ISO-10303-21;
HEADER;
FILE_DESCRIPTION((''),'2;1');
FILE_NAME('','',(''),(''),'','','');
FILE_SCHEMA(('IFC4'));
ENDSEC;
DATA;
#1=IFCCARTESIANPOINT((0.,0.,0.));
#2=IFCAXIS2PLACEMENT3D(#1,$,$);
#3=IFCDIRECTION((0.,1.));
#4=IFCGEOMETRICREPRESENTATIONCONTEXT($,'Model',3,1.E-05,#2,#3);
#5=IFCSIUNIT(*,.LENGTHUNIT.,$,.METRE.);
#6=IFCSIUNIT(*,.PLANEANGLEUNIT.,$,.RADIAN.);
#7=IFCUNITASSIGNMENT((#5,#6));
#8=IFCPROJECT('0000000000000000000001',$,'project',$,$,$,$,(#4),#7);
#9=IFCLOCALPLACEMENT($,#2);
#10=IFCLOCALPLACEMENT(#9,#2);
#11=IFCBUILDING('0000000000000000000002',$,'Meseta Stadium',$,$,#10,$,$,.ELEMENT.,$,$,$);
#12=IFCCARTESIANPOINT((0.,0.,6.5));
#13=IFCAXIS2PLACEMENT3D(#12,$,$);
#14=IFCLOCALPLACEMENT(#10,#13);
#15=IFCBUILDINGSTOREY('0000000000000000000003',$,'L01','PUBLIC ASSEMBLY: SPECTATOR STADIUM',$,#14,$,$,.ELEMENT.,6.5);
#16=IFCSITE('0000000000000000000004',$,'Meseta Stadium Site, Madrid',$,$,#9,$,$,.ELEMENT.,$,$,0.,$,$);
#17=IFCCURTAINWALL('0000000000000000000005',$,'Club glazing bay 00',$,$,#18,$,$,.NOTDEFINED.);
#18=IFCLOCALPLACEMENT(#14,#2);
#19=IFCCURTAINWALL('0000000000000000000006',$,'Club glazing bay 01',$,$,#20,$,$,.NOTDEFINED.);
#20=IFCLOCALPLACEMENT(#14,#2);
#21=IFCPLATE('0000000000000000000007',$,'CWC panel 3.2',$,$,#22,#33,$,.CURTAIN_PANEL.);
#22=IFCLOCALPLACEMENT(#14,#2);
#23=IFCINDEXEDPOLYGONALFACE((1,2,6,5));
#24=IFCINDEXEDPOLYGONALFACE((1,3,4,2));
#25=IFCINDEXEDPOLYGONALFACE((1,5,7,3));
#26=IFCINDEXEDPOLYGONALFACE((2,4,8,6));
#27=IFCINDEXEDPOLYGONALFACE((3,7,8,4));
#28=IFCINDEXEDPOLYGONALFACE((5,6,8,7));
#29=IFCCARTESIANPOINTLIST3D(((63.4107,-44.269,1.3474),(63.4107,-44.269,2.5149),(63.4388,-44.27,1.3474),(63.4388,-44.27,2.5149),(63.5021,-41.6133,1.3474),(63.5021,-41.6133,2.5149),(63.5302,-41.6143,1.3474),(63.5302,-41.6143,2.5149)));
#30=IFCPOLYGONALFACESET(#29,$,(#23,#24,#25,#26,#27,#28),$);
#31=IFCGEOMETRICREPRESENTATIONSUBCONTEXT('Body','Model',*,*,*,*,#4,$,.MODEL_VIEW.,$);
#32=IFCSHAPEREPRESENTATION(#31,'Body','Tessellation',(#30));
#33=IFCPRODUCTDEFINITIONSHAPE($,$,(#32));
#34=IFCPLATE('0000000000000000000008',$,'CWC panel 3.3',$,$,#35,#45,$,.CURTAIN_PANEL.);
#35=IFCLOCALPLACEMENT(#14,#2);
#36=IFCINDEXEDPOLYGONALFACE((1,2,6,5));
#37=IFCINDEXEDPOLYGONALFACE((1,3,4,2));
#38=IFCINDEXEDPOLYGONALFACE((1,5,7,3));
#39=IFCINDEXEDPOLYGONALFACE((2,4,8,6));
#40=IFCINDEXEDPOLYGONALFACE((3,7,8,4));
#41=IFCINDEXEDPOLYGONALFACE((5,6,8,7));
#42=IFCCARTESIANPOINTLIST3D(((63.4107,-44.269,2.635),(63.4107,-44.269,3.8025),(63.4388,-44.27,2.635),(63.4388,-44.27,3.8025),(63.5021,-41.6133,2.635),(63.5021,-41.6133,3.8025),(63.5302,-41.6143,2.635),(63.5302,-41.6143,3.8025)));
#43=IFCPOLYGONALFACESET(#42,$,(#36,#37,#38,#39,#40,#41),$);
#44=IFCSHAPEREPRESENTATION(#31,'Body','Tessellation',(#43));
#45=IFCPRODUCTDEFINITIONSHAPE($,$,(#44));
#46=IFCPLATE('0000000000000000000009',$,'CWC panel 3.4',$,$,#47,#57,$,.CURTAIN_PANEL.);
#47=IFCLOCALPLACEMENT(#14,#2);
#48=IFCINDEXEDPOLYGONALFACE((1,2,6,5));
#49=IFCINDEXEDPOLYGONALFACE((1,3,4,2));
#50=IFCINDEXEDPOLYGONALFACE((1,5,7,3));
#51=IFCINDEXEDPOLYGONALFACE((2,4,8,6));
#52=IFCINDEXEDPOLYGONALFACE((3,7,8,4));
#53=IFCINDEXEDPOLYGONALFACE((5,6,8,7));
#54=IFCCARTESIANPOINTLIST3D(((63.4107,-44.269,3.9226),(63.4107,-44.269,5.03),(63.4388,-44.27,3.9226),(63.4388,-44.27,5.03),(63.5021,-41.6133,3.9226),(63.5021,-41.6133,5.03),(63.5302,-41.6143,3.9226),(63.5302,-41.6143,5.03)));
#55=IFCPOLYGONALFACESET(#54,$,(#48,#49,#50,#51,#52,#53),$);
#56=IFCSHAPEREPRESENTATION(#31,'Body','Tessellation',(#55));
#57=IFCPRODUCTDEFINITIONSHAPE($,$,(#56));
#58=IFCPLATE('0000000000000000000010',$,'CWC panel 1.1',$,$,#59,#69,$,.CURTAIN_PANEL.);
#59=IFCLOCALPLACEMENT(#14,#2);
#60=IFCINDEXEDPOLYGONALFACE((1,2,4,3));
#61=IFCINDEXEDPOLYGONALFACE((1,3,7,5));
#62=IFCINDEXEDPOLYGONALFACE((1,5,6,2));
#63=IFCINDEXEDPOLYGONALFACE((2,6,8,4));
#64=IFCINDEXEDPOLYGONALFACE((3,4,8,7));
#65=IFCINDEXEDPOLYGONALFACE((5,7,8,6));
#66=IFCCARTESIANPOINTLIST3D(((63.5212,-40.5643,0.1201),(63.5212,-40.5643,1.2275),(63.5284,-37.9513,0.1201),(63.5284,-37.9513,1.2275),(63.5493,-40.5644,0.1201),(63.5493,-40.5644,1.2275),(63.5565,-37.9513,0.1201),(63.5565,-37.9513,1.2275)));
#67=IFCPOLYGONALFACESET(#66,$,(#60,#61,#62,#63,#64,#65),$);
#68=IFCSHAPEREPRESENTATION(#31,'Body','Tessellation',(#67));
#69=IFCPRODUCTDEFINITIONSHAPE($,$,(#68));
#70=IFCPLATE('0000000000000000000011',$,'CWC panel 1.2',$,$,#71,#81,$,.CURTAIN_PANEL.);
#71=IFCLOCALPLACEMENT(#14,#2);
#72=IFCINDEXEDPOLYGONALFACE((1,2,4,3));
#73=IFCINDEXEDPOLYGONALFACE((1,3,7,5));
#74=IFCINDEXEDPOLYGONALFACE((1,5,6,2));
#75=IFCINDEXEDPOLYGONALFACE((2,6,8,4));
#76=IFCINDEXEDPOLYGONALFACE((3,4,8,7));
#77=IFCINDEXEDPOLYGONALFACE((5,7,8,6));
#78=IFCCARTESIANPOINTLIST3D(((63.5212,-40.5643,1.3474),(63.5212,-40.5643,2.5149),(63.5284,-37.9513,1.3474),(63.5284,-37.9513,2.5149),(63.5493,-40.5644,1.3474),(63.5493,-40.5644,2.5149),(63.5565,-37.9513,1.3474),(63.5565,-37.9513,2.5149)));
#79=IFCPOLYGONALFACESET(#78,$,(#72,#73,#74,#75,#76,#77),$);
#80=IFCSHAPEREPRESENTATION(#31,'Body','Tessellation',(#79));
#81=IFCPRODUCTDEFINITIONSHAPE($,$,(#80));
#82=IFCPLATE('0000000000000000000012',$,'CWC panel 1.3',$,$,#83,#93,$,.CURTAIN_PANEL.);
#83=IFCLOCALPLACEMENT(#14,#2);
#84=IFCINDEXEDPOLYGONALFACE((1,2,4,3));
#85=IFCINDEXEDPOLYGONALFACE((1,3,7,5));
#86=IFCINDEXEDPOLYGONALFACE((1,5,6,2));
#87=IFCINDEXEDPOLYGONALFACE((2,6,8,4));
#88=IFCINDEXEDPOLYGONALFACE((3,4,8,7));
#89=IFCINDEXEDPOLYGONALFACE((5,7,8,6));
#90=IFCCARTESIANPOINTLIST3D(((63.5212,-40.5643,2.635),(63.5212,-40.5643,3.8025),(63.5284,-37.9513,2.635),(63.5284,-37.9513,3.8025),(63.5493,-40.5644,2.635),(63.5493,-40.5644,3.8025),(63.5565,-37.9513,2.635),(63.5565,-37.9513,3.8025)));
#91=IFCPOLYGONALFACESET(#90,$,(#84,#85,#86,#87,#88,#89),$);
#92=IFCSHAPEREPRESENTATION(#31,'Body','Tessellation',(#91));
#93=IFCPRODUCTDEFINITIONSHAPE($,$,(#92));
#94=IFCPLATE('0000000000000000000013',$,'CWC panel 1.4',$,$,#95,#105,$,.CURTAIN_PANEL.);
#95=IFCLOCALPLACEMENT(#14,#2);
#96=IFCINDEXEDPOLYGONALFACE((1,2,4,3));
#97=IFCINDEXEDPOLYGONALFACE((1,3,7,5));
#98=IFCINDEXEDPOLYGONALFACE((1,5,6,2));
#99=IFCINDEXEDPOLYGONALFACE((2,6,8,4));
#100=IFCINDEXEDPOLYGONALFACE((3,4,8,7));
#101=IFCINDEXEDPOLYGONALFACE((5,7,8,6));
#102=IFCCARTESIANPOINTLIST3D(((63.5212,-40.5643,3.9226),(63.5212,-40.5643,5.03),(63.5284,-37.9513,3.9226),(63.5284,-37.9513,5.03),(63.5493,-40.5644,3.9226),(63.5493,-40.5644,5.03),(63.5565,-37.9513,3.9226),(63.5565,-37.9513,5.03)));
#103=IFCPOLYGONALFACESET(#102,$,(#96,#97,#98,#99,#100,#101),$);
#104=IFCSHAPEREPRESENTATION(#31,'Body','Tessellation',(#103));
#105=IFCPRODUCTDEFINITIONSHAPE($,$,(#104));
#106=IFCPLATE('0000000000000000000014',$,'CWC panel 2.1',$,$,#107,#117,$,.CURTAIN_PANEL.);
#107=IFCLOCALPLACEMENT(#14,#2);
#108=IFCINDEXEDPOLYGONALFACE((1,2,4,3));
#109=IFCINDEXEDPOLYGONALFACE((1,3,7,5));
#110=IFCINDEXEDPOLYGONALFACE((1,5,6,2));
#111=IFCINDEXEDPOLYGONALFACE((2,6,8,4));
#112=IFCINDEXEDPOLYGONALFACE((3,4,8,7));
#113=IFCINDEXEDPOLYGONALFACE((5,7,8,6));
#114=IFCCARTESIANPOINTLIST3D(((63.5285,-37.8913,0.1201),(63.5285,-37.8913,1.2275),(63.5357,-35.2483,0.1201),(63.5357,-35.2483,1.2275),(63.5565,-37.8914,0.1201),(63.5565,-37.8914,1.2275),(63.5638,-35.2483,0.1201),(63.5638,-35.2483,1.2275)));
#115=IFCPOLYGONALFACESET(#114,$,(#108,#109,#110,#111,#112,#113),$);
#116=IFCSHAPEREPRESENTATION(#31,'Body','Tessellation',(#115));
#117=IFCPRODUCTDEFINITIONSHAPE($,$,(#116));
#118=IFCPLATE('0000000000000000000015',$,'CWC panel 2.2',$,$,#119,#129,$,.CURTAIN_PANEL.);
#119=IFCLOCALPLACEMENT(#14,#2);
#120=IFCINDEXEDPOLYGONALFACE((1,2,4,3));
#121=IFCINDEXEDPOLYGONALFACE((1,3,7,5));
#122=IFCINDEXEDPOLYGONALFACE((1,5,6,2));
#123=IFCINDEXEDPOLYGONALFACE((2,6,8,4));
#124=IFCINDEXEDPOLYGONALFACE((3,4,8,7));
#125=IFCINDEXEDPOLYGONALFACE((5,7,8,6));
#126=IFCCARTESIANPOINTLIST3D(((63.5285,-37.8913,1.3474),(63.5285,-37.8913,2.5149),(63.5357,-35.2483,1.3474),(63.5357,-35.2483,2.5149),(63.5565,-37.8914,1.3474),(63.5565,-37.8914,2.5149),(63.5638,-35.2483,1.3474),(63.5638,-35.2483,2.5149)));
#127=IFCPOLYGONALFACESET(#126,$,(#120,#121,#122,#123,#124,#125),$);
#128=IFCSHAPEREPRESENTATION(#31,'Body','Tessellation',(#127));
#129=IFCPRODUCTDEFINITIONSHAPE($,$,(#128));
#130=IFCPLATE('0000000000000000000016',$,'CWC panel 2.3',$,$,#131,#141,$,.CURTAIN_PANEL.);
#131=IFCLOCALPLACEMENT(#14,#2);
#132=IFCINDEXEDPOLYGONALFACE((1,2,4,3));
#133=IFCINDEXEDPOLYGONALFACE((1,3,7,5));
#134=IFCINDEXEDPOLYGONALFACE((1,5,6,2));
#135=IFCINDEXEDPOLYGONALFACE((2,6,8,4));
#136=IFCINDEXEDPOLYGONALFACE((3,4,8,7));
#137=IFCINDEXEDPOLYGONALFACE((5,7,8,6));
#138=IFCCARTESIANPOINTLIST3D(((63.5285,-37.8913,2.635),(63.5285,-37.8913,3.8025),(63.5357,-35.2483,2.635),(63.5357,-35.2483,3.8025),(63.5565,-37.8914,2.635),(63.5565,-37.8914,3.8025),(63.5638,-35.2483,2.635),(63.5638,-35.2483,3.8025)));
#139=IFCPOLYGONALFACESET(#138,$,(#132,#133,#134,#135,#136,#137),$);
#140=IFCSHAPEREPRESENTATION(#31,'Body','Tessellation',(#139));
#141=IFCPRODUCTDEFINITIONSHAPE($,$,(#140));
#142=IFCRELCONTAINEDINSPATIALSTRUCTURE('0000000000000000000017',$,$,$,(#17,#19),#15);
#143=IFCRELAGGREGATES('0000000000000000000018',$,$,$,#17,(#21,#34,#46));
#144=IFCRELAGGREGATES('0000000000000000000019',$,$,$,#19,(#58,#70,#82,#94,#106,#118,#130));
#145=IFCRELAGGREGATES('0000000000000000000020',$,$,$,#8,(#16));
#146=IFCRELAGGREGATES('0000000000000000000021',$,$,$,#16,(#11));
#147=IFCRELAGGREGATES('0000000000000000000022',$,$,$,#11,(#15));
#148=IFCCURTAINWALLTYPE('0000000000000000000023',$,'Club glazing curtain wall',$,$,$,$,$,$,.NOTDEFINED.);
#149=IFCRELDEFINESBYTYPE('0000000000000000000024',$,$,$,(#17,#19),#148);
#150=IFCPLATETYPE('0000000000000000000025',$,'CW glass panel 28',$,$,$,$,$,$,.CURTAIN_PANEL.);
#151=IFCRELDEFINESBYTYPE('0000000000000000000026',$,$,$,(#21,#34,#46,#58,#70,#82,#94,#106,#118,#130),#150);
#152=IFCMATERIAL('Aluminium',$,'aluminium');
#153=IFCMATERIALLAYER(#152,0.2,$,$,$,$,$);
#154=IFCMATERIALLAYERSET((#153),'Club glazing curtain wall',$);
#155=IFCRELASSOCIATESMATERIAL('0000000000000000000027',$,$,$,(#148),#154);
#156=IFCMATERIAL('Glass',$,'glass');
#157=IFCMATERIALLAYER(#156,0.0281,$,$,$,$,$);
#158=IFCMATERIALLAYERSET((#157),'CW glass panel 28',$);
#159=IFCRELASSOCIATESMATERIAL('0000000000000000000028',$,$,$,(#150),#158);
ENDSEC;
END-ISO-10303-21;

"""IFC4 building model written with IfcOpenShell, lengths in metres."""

from ifc_helpers import new_model, si_unit, direction, frame, origin, origin_2d, place, context, subcontext, project, spatial, rectangle, extrude, material, layer, layer_set, type_object, element, aggregate, save


model = new_model("IFC4")

# Units and contexts
model_context = context("Model", 3, precision=1e-05, world=origin(), true_north=direction((0.0, 1.0)))
body_context = subcontext(model_context, "Body", "Model", "MODEL_VIEW")
ifc_project = project(units=[si_unit("LENGTHUNIT", "METRE"), si_unit("PLANEANGLEUNIT", "RADIAN")], contexts=[model_context])

# Site, building, storey
site_placement = place(None, origin())
site = spatial("IfcSite", under=ifc_project, at=site_placement, Name="Meseta Stadium Site, Madrid", CompositionType="ELEMENT", RefElevation=0.0)
building_placement = place(site_placement, origin())
building = spatial("IfcBuilding", under=site, at=building_placement, Name="Meseta Stadium", CompositionType="ELEMENT")
storey_placement = place(building_placement, frame((0.0, 0.0, 6.5)))
storey = spatial("IfcBuildingStorey", under=building, at=storey_placement, Name="L01", Description="PUBLIC ASSEMBLY: SPECTATOR STADIUM", CompositionType="ELEMENT", Elevation=6.5)

# Curtain walls
ifc_material_1 = material(Name="Aluminium", Category="aluminium")
ifc_layer_1 = layer(ifc_material_1, 0.2)
ifc_layer_set_1 = layer_set([ifc_layer_1], Name="Club glazing curtain wall")
curtain_wall_type = type_object("IfcCurtainWallType", Name="Club glazing curtain wall", PredefinedType="NOTDEFINED", material=ifc_layer_set_1)
curtain_wall_1_placement = place(storey_placement, origin())
curtain_wall_1 = element("IfcCurtainWall", 1, at=curtain_wall_1_placement, inside=storey, type_object=curtain_wall_type, Name="Club glazing bay 00", PredefinedType="NOTDEFINED")
curtain_wall_2_placement = place(storey_placement, origin())
curtain_wall_2 = element("IfcCurtainWall", 2, at=curtain_wall_2_placement, inside=storey, type_object=curtain_wall_type, Name="Club glazing bay 01", PredefinedType="NOTDEFINED")

# Plates
ifc_material_2 = material(Name="Glass", Category="glass")
ifc_layer_2 = layer(ifc_material_2, 0.0281)
ifc_layer_set_2 = layer_set([ifc_layer_2], Name="CW glass panel 28")
plate_type = type_object("IfcPlateType", Name="CW glass panel 28", PredefinedType="CURTAIN_PANEL", material=ifc_layer_set_2)
plate_1_placement = place(storey_placement, frame((63.4705, -42.9417, 1.3474), z_axis=(0.0, 0.0, 1.0), x_axis=(0.034398, 0.999408, 0.0)))
plate_1 = element("IfcPlate", 3, at=plate_1_placement, type_object=plate_type, Name="CWC panel 3.2", PredefinedType="CURTAIN_PANEL", context=body_context, shape_type="SweptSolid", body=[
    extrude(rectangle(XDim=2.6572, YDim=0.0281, at=origin_2d()), origin(), (0.0, 0.0, 1.0), 1.1675),
])
plate_2_placement = place(storey_placement, frame((63.4705, -42.9417, 2.635), z_axis=(0.0, 0.0, 1.0), x_axis=(0.034398, 0.999408, 0.0)))
plate_2 = element("IfcPlate", 4, at=plate_2_placement, type_object=plate_type, Name="CWC panel 3.3", PredefinedType="CURTAIN_PANEL", context=body_context, shape_type="SweptSolid", body=[
    extrude(rectangle(XDim=2.6572, YDim=0.0281, at=origin_2d()), origin(), (0.0, 0.0, 1.0), 1.1675),
])
plate_3_placement = place(storey_placement, frame((63.4705, -42.9417, 3.9226), z_axis=(0.0, 0.0, 1.0), x_axis=(0.034398, 0.999408, 0.0)))
plate_3 = element("IfcPlate", 5, at=plate_3_placement, type_object=plate_type, Name="CWC panel 3.4", PredefinedType="CURTAIN_PANEL", context=body_context, shape_type="SweptSolid", body=[
    extrude(rectangle(XDim=2.6572, YDim=0.0281, at=origin_2d()), origin(), (0.0, 0.0, 1.0), 1.1074),
])
aggregate(curtain_wall_1, [plate_1, plate_2, plate_3])
plate_4_placement = place(storey_placement, frame((63.5388, -39.2578, 0.1201), z_axis=(0.0, 0.0, 1.0), x_axis=(0.002758, 0.999996, 0.0)))
plate_4 = element("IfcPlate", 6, at=plate_4_placement, type_object=plate_type, Name="CWC panel 1.1", PredefinedType="CURTAIN_PANEL", context=body_context, shape_type="SweptSolid", body=[
    extrude(rectangle(XDim=2.613, YDim=0.0281, at=origin_2d()), origin(), (0.0, 0.0, 1.0), 1.1074),
])
plate_5_placement = place(storey_placement, frame((63.5388, -39.2578, 1.3474), z_axis=(0.0, 0.0, 1.0), x_axis=(0.002758, 0.999996, 0.0)))
plate_5 = element("IfcPlate", 7, at=plate_5_placement, type_object=plate_type, Name="CWC panel 1.2", PredefinedType="CURTAIN_PANEL", context=body_context, shape_type="SweptSolid", body=[
    extrude(rectangle(XDim=2.613, YDim=0.0281, at=origin_2d()), origin(), (0.0, 0.0, 1.0), 1.1675),
])
plate_6_placement = place(storey_placement, frame((63.5388, -39.2578, 2.635), z_axis=(0.0, 0.0, 1.0), x_axis=(0.002758, 0.999996, 0.0)))
plate_6 = element("IfcPlate", 8, at=plate_6_placement, type_object=plate_type, Name="CWC panel 1.3", PredefinedType="CURTAIN_PANEL", context=body_context, shape_type="SweptSolid", body=[
    extrude(rectangle(XDim=2.613, YDim=0.0281, at=origin_2d()), origin(), (0.0, 0.0, 1.0), 1.1675),
])
plate_7_placement = place(storey_placement, frame((63.5388, -39.2578, 3.9226), z_axis=(0.0, 0.0, 1.0), x_axis=(0.002758, 0.999996, 0.0)))
plate_7 = element("IfcPlate", 9, at=plate_7_placement, type_object=plate_type, Name="CWC panel 1.4", PredefinedType="CURTAIN_PANEL", context=body_context, shape_type="SweptSolid", body=[
    extrude(rectangle(XDim=2.613, YDim=0.0281, at=origin_2d()), origin(), (0.0, 0.0, 1.0), 1.1074),
])
plate_8_placement = place(storey_placement, frame((63.5461, -36.5698, 0.1201), z_axis=(0.0, 0.0, 1.0), x_axis=(0.002758, 0.999996, 0.0)))
plate_8 = element("IfcPlate", 10, at=plate_8_placement, type_object=plate_type, Name="CWC panel 2.1", PredefinedType="CURTAIN_PANEL", context=body_context, shape_type="SweptSolid", body=[
    extrude(rectangle(XDim=2.6431, YDim=0.0281, at=origin_2d()), origin(), (0.0, 0.0, 1.0), 1.1074),
])
plate_9_placement = place(storey_placement, frame((63.5461, -36.5698, 1.3474), z_axis=(0.0, 0.0, 1.0), x_axis=(0.002758, 0.999996, 0.0)))
plate_9 = element("IfcPlate", 11, at=plate_9_placement, type_object=plate_type, Name="CWC panel 2.2", PredefinedType="CURTAIN_PANEL", context=body_context, shape_type="SweptSolid", body=[
    extrude(rectangle(XDim=2.6431, YDim=0.0281, at=origin_2d()), origin(), (0.0, 0.0, 1.0), 1.1675),
])
plate_10_placement = place(storey_placement, frame((63.5461, -36.5698, 2.635), z_axis=(0.0, 0.0, 1.0), x_axis=(0.002758, 0.999996, 0.0)))
plate_10 = element("IfcPlate", 12, at=plate_10_placement, type_object=plate_type, Name="CWC panel 2.3", PredefinedType="CURTAIN_PANEL", context=body_context, shape_type="SweptSolid", body=[
    extrude(rectangle(XDim=2.6431, YDim=0.0281, at=origin_2d()), origin(), (0.0, 0.0, 1.0), 1.1675),
])
aggregate(curtain_wall_2, [plate_4, plate_5, plate_6, plate_7, plate_8, plate_9, plate_10])

save(model, "model.ifc")
